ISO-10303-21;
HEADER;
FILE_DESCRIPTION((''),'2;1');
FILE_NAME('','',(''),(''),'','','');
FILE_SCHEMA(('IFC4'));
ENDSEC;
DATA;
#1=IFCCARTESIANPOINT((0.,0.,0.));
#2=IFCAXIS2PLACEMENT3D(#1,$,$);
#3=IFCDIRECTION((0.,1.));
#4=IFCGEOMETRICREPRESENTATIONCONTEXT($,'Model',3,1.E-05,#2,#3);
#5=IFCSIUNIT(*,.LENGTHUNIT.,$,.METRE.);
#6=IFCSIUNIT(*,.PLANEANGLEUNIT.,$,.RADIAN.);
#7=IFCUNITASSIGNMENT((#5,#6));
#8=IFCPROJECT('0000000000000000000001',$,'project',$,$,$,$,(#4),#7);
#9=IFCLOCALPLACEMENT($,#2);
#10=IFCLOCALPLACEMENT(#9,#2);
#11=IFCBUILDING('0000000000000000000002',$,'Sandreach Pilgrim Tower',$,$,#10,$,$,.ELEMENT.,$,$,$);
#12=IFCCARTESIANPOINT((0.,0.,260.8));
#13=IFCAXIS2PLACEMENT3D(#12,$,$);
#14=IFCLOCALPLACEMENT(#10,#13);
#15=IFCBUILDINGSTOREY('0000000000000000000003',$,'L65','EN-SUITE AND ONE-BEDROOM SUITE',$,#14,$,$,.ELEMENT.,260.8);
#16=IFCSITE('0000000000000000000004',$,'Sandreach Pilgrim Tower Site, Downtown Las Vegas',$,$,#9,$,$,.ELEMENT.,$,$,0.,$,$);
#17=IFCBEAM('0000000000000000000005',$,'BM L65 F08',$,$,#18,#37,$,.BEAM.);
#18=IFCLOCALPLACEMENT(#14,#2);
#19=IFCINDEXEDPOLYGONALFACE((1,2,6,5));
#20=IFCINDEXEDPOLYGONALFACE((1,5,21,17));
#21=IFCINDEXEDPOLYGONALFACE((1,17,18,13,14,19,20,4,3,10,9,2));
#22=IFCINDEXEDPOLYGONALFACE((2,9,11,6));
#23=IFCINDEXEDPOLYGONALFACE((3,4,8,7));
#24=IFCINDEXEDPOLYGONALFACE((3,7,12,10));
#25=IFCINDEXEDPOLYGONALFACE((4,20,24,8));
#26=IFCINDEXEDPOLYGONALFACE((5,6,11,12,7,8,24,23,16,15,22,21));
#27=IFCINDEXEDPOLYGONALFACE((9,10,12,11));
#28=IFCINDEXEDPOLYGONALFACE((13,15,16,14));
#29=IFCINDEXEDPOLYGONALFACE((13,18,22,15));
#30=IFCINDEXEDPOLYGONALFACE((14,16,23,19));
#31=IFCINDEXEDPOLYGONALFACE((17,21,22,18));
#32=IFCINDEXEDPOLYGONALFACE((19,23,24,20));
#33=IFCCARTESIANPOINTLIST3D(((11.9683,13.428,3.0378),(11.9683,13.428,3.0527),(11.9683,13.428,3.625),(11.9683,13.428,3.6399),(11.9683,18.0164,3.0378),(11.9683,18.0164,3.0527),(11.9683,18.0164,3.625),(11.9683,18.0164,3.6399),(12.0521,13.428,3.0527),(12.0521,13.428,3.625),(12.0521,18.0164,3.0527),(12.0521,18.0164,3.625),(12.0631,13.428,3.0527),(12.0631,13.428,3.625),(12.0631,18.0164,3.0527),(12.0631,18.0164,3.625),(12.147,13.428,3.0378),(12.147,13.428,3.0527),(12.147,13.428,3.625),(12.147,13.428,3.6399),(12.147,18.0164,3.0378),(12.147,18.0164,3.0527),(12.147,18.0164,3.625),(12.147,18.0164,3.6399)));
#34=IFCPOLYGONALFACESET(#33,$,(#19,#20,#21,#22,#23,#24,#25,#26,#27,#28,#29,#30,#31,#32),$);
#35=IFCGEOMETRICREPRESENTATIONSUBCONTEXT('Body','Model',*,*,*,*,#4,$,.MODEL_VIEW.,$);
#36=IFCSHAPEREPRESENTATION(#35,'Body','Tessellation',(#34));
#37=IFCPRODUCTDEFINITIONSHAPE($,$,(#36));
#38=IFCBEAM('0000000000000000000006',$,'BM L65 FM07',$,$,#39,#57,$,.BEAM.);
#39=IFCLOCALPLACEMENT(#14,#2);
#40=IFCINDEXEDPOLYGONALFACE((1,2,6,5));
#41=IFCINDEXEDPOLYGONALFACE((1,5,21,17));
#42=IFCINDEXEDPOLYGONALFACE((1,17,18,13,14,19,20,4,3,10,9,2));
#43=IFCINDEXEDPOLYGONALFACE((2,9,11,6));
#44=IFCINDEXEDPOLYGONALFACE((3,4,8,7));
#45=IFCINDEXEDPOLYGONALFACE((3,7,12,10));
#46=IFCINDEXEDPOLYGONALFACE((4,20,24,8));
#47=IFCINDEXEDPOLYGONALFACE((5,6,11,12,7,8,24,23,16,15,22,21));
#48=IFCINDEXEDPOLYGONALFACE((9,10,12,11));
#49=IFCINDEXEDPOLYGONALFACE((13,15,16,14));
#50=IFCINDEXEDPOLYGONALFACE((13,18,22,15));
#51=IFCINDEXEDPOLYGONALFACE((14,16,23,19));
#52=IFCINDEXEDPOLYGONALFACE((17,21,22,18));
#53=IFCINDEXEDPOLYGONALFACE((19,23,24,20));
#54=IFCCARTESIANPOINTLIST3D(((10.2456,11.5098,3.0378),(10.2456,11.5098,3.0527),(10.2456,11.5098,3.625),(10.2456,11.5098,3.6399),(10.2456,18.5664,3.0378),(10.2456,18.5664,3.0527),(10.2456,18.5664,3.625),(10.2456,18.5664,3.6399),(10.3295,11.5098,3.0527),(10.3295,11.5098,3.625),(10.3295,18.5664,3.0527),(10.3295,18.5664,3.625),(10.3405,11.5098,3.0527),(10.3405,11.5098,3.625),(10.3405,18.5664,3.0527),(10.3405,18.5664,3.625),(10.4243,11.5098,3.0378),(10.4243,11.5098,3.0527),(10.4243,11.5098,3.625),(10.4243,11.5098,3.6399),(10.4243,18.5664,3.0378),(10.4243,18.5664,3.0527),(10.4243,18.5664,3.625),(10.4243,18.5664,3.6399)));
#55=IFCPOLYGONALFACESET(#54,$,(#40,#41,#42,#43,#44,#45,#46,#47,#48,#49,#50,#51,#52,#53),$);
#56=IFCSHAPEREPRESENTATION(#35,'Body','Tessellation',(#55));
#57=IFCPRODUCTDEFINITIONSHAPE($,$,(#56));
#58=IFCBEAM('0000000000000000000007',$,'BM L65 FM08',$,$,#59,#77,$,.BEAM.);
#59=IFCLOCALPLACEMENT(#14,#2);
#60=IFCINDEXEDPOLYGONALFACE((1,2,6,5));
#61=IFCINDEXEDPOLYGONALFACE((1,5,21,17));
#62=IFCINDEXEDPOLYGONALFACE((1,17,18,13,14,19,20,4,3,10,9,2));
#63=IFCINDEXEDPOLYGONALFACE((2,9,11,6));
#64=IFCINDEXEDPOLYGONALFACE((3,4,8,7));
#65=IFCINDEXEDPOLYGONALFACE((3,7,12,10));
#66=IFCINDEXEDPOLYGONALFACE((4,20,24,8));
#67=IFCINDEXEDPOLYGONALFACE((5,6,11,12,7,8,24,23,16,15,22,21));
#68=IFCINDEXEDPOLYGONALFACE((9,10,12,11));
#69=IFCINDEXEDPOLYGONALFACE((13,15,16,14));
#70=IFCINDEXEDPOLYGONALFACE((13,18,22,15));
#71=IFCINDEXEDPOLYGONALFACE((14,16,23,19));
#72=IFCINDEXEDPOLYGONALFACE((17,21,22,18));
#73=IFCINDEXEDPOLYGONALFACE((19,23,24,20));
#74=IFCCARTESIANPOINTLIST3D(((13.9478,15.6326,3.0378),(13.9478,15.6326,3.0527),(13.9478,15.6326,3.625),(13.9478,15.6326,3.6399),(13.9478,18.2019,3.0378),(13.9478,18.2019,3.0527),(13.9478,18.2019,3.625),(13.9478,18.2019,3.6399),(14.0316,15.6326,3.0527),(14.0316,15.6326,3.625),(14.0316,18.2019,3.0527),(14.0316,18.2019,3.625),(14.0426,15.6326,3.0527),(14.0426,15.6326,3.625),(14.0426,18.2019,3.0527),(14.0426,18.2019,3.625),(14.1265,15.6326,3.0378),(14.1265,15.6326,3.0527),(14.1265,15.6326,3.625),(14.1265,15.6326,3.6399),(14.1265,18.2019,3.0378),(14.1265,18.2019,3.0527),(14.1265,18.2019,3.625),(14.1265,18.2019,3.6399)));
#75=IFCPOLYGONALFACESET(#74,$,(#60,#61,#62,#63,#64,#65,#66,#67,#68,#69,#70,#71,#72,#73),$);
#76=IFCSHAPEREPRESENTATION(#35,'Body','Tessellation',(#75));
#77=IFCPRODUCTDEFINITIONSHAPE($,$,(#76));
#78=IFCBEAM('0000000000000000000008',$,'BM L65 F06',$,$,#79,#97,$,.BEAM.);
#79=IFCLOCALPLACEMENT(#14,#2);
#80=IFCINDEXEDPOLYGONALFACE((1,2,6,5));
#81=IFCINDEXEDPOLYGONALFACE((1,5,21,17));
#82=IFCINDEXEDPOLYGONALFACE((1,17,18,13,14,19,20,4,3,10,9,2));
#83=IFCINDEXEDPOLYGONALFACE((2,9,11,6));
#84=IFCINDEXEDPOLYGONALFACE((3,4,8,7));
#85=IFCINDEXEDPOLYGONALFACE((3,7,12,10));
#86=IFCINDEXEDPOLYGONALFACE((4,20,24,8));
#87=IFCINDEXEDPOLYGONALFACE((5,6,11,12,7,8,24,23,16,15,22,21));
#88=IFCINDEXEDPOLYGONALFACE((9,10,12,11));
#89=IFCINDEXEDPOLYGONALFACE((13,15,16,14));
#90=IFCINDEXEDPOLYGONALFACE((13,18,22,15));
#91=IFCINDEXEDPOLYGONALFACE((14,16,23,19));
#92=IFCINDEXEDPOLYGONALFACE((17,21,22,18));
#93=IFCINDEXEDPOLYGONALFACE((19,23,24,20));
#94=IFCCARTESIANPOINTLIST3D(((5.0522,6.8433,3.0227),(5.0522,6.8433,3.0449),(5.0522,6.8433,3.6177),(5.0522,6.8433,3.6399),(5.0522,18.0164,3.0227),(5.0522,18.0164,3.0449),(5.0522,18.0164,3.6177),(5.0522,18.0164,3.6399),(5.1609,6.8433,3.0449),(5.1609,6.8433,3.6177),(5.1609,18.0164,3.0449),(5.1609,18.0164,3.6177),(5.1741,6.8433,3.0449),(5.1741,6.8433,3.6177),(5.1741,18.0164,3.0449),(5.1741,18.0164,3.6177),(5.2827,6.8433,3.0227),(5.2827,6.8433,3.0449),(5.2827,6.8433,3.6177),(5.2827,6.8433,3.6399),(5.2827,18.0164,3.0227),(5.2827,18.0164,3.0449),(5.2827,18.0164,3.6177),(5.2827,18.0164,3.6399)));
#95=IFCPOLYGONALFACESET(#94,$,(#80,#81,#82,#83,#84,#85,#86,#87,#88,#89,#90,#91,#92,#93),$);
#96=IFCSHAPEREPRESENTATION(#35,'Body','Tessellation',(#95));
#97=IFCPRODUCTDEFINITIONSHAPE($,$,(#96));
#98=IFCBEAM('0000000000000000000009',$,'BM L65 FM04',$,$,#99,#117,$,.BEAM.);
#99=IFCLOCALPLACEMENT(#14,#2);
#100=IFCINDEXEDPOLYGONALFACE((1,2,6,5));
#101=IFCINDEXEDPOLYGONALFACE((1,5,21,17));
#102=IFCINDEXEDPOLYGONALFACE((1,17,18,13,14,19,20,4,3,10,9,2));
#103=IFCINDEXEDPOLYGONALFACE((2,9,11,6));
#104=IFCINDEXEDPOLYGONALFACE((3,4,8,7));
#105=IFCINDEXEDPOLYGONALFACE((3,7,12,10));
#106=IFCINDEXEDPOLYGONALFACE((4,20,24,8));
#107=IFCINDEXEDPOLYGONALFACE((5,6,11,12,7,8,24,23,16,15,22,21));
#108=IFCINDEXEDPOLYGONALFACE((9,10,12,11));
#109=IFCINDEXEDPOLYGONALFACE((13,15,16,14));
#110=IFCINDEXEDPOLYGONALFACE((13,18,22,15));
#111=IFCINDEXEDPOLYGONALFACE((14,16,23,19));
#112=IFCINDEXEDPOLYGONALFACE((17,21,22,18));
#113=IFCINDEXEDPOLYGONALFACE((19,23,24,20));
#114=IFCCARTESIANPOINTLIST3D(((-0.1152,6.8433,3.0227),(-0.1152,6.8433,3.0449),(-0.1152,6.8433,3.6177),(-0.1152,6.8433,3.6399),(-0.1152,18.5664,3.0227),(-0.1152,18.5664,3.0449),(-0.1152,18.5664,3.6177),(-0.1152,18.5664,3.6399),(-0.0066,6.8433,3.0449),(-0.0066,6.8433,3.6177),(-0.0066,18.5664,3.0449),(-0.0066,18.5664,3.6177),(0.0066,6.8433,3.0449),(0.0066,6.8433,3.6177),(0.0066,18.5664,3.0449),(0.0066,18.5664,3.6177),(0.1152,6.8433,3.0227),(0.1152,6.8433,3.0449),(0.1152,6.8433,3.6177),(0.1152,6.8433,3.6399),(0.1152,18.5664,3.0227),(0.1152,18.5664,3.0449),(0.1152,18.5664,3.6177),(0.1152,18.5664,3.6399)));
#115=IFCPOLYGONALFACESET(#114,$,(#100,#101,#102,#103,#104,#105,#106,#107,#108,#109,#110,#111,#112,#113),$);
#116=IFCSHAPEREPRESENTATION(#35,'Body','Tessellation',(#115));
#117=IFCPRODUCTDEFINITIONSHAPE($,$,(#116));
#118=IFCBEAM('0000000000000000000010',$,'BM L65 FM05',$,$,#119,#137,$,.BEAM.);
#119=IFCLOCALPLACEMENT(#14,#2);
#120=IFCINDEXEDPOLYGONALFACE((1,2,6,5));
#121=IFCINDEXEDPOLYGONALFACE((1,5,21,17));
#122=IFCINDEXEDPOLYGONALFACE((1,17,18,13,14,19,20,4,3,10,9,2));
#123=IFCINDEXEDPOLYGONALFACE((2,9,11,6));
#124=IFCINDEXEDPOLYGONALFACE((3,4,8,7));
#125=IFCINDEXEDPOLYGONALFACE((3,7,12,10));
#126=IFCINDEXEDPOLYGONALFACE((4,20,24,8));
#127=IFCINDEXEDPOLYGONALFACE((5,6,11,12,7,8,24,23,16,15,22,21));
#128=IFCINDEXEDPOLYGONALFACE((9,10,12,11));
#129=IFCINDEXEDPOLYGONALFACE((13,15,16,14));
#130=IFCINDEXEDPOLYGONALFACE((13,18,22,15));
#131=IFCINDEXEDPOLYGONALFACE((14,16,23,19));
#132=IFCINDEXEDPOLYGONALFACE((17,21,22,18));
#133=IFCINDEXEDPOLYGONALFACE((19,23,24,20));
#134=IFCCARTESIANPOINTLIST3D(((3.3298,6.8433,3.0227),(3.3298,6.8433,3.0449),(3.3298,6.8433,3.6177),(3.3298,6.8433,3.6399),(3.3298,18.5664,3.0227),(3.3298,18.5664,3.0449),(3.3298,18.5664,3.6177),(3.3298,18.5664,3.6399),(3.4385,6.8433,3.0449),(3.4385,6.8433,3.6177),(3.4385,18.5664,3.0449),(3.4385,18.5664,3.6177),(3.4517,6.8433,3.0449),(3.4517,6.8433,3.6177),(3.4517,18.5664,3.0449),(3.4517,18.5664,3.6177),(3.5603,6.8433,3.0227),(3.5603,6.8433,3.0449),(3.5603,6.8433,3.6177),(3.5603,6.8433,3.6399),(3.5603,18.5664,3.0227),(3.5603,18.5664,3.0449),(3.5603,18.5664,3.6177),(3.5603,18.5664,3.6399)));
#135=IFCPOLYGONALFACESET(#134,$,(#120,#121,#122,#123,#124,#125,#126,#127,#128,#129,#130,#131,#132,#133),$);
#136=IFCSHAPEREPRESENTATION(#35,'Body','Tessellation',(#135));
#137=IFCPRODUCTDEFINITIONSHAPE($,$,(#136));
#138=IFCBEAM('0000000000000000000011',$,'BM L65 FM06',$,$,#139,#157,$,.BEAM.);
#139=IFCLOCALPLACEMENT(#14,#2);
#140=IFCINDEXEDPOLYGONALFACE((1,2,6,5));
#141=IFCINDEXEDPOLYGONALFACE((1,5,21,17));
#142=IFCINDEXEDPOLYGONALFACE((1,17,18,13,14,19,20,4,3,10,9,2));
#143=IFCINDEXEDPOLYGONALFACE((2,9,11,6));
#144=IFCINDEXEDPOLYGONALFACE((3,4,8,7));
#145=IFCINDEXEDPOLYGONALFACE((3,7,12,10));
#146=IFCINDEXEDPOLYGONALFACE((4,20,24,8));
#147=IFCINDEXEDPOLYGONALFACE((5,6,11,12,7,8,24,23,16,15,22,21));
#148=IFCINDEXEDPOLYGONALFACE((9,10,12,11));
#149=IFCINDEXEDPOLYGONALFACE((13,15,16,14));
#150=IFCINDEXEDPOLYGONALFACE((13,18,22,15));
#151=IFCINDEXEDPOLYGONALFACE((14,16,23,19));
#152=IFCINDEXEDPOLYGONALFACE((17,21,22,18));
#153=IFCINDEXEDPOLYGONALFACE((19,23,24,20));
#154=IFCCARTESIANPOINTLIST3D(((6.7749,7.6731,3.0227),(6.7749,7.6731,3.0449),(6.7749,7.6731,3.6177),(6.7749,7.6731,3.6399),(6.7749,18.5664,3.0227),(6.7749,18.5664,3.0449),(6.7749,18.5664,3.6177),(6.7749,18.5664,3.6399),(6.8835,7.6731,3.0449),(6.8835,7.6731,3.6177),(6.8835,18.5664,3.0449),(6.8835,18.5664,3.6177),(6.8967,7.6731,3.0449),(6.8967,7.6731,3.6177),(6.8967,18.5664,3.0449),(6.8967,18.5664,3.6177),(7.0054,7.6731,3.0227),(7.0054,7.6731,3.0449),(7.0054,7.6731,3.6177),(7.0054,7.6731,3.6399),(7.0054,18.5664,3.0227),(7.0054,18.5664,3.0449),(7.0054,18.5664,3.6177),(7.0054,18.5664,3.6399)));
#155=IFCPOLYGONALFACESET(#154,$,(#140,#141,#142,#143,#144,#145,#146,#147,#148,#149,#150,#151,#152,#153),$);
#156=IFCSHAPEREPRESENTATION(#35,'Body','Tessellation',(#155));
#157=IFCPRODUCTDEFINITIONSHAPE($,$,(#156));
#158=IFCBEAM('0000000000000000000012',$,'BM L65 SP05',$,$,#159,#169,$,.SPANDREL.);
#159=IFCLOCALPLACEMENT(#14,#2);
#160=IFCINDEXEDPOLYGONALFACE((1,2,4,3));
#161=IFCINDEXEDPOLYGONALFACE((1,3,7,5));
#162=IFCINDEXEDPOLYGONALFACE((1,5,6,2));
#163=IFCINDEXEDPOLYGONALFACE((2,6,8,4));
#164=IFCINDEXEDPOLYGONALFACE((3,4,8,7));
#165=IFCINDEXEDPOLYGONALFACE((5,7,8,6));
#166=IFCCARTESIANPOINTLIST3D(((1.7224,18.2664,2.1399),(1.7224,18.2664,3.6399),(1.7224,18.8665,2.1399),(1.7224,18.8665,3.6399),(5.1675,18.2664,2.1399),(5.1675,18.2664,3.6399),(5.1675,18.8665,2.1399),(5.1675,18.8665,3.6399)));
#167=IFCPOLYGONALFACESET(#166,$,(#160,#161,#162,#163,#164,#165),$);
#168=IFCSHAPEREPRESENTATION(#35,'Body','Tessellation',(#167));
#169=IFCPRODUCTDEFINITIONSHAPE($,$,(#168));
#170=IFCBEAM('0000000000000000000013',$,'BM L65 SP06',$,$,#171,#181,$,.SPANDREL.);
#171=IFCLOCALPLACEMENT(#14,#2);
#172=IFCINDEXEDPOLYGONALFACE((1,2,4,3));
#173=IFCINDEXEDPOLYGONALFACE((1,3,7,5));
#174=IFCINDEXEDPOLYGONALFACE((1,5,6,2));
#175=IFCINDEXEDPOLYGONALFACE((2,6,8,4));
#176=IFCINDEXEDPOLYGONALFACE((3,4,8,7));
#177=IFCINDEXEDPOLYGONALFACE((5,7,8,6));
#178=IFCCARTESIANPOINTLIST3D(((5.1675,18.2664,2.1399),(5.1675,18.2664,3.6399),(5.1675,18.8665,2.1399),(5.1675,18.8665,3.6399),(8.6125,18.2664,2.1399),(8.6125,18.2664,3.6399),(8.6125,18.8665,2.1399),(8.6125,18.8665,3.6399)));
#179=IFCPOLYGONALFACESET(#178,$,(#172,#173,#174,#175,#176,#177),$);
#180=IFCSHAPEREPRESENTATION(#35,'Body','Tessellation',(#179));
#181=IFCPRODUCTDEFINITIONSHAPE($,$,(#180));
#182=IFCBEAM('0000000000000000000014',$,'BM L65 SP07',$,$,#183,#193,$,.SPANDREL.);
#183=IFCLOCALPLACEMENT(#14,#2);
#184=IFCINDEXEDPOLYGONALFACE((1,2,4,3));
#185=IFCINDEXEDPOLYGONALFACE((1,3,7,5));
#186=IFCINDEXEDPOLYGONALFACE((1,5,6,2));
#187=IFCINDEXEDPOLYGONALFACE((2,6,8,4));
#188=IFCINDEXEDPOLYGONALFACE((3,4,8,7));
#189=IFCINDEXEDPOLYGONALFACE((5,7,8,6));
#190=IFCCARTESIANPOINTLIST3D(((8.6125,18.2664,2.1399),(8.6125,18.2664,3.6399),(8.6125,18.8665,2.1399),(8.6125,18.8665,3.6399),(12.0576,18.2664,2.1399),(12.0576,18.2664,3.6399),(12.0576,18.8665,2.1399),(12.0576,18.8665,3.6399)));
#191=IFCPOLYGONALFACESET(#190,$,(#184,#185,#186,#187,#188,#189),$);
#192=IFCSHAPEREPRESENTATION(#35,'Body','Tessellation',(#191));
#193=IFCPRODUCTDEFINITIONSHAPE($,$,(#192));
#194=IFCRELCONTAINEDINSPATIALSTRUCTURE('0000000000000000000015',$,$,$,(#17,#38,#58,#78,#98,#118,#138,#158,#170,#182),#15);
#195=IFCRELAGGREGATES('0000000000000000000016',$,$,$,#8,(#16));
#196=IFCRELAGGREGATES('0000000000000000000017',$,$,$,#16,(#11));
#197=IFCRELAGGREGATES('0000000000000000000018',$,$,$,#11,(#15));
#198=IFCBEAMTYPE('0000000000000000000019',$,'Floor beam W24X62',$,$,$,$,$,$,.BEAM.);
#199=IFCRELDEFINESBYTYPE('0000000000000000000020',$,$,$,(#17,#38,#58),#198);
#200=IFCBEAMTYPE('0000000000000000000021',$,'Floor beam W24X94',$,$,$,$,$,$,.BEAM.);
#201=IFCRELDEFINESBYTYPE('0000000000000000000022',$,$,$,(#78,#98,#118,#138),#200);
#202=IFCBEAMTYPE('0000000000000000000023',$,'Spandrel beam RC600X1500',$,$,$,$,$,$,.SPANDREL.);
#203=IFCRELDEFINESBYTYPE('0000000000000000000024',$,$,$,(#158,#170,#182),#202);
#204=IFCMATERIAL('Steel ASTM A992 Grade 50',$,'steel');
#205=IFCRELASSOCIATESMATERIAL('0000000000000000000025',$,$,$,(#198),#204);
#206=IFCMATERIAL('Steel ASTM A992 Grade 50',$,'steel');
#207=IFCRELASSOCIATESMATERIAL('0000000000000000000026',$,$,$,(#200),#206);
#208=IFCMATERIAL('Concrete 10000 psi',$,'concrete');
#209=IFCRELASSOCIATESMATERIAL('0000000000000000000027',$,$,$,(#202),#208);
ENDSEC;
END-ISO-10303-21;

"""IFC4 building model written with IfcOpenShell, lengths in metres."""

from ifc_helpers import new_model, si_unit, direction, frame, origin, origin_2d, place, context, subcontext, project, spatial, rectangle, i_section, extrude, material, material_profile, profile_set, type_object, element, save


model = new_model("IFC4")

# Units and contexts
model_context = context("Model", 3, precision=1e-05, world=origin(), true_north=direction((0.0, 1.0)))
body_context = subcontext(model_context, "Body", "Model", "MODEL_VIEW")
ifc_project = project(units=[si_unit("LENGTHUNIT", "METRE"), si_unit("PLANEANGLEUNIT", "RADIAN")], contexts=[model_context])

# Site, building, storey
site_placement = place(None, origin())
site = spatial("IfcSite", under=ifc_project, at=site_placement, Name="Sandreach Pilgrim Tower Site, Downtown Las Vegas", CompositionType="ELEMENT", RefElevation=0.0)
building_placement = place(site_placement, origin())
building = spatial("IfcBuilding", under=site, at=building_placement, Name="Sandreach Pilgrim Tower", CompositionType="ELEMENT")
storey_placement = place(building_placement, frame((0.0, 0.0, 260.8)))
storey = spatial("IfcBuildingStorey", under=building, at=storey_placement, Name="L65", Description="EN-SUITE AND ONE-BEDROOM SUITE", CompositionType="ELEMENT", Elevation=260.8)

# Beams
ifc_material_1 = material(Name="Steel ASTM A992 Grade 50", Category="steel")
ifc_material_profile_1 = material_profile(ifc_material_1, i_section(OverallWidth=0.1787, OverallDepth=0.6021, WebThickness=0.011, FlangeThickness=0.0149, at=origin_2d()), Name="W24X62")
ifc_profile_set_1 = profile_set([ifc_material_profile_1], Name="Steel ASTM A992 Grade 50")
beam_type_1 = type_object("IfcBeamType", Name="Floor beam W24X62", PredefinedType="BEAM", material=ifc_profile_set_1)
beam_1_placement = place(storey_placement, frame((12.0576, 18.0164, 3.3389), z_axis=(0.0, -1.0, 0.0), x_axis=(1.0, 0.0, 0.0)))
element("IfcBeam", 1, at=beam_1_placement, inside=storey, type_object=beam_type_1, Name="BM L65 F08", PredefinedType="BEAM", context=body_context, shape_type="SweptSolid", body=[
    extrude(i_section(OverallWidth=0.1787, OverallDepth=0.6021, WebThickness=0.011, FlangeThickness=0.0149, at=origin_2d()), origin(), (0.0, 0.0, 1.0), 4.5884),
])
beam_2_placement = place(storey_placement, frame((10.335, 18.5664, 3.3389), z_axis=(0.0, -1.0, 0.0), x_axis=(1.0, 0.0, 0.0)))
element("IfcBeam", 2, at=beam_2_placement, inside=storey, type_object=beam_type_1, Name="BM L65 FM07", PredefinedType="BEAM", context=body_context, shape_type="SweptSolid", body=[
    extrude(i_section(OverallWidth=0.1787, OverallDepth=0.6021, WebThickness=0.011, FlangeThickness=0.0149, at=origin_2d()), origin(), (0.0, 0.0, 1.0), 7.0566),
])
beam_3_placement = place(storey_placement, frame((14.0371, 18.2019, 3.3389), z_axis=(0.0, -1.0, 0.0), x_axis=(1.0, 0.0, 0.0)))
element("IfcBeam", 3, at=beam_3_placement, inside=storey, type_object=beam_type_1, Name="BM L65 FM08", PredefinedType="BEAM", context=body_context, shape_type="SweptSolid", body=[
    extrude(i_section(OverallWidth=0.1787, OverallDepth=0.6021, WebThickness=0.011, FlangeThickness=0.0149, at=origin_2d()), origin(), (0.0, 0.0, 1.0), 2.5693),
])
ifc_material_2 = material(Name="Steel ASTM A992 Grade 50", Category="steel")
ifc_material_profile_2 = material_profile(ifc_material_2, i_section(OverallWidth=0.2305, OverallDepth=0.6172, WebThickness=0.0132, FlangeThickness=0.0222, at=origin_2d()), Name="W24X94")
ifc_profile_set_2 = profile_set([ifc_material_profile_2], Name="Steel ASTM A992 Grade 50")
beam_type_2 = type_object("IfcBeamType", Name="Floor beam W24X94", PredefinedType="BEAM", material=ifc_profile_set_2)
beam_4_placement = place(storey_placement, frame((5.1675, 18.0164, 3.3313), z_axis=(0.0, -1.0, 0.0), x_axis=(1.0, 0.0, 0.0)))
element("IfcBeam", 4, at=beam_4_placement, inside=storey, type_object=beam_type_2, Name="BM L65 F06", PredefinedType="BEAM", context=body_context, shape_type="SweptSolid", body=[
    extrude(i_section(OverallWidth=0.2305, OverallDepth=0.6172, WebThickness=0.0132, FlangeThickness=0.0222, at=origin_2d()), origin(), (0.0, 0.0, 1.0), 11.1731),
])
for number, where, z_axis, x_axis, name in (
    (5, (0.0, 18.5664, 3.3313), (0.0, -1.0, 0.0), (1.0, 0.0, 0.0), "BM L65 FM04"),
    (6, (3.4451, 18.5664, 3.3313), (0.0, -1.0, 0.0), (1.0, 0.0, 0.0), "BM L65 FM05"),
):
    element("IfcBeam", number, at=place(storey_placement, frame(where, z_axis=z_axis, x_axis=x_axis)), inside=storey, type_object=beam_type_2, Name=name, PredefinedType="BEAM", context=body_context, shape_type="SweptSolid", body=[
        extrude(i_section(OverallWidth=0.2305, OverallDepth=0.6172, WebThickness=0.0132, FlangeThickness=0.0222, at=origin_2d()), origin(), (0.0, 0.0, 1.0), 11.7231),
    ])
beam_5_placement = place(storey_placement, frame((6.8901, 18.5664, 3.3313), z_axis=(0.0, -1.0, 0.0), x_axis=(1.0, 0.0, 0.0)))
element("IfcBeam", 7, at=beam_5_placement, inside=storey, type_object=beam_type_2, Name="BM L65 FM06", PredefinedType="BEAM", context=body_context, shape_type="SweptSolid", body=[
    extrude(i_section(OverallWidth=0.2305, OverallDepth=0.6172, WebThickness=0.0132, FlangeThickness=0.0222, at=origin_2d()), origin(), (0.0, 0.0, 1.0), 10.8933),
])
ifc_material_3 = material(Name="Concrete 10000 psi", Category="concrete")
ifc_material_profile_3 = material_profile(ifc_material_3, rectangle(XDim=0.6001, YDim=1.5, at=origin_2d()), Name="RC600X1500")
ifc_profile_set_3 = profile_set([ifc_material_profile_3], Name="Concrete 10000 psi")
beam_type_3 = type_object("IfcBeamType", Name="Spandrel beam RC600X1500", PredefinedType="SPANDREL", material=ifc_profile_set_3)
for number, where, z_axis, x_axis, name in (
    (8, (1.7224, 18.5664, 2.8899), (1.0, 0.0, 0.0), (0.0, 1.0, 0.0), "BM L65 SP05"),
    (9, (5.1675, 18.5664, 2.8899), (1.0, 0.0, 0.0), (0.0, 1.0, 0.0), "BM L65 SP06"),
    (10, (8.6125, 18.5664, 2.8899), (1.0, 0.0, 0.0), (0.0, 1.0, 0.0), "BM L65 SP07"),
):
    element("IfcBeam", number, at=place(storey_placement, frame(where, z_axis=z_axis, x_axis=x_axis)), inside=storey, type_object=beam_type_3, Name=name, PredefinedType="SPANDREL", context=body_context, shape_type="SweptSolid", body=[
        extrude(rectangle(XDim=0.6001, YDim=1.5, at=origin_2d()), origin(), (0.0, 0.0, 1.0), 3.4451),
    ])

save(model, "model.ifc")
